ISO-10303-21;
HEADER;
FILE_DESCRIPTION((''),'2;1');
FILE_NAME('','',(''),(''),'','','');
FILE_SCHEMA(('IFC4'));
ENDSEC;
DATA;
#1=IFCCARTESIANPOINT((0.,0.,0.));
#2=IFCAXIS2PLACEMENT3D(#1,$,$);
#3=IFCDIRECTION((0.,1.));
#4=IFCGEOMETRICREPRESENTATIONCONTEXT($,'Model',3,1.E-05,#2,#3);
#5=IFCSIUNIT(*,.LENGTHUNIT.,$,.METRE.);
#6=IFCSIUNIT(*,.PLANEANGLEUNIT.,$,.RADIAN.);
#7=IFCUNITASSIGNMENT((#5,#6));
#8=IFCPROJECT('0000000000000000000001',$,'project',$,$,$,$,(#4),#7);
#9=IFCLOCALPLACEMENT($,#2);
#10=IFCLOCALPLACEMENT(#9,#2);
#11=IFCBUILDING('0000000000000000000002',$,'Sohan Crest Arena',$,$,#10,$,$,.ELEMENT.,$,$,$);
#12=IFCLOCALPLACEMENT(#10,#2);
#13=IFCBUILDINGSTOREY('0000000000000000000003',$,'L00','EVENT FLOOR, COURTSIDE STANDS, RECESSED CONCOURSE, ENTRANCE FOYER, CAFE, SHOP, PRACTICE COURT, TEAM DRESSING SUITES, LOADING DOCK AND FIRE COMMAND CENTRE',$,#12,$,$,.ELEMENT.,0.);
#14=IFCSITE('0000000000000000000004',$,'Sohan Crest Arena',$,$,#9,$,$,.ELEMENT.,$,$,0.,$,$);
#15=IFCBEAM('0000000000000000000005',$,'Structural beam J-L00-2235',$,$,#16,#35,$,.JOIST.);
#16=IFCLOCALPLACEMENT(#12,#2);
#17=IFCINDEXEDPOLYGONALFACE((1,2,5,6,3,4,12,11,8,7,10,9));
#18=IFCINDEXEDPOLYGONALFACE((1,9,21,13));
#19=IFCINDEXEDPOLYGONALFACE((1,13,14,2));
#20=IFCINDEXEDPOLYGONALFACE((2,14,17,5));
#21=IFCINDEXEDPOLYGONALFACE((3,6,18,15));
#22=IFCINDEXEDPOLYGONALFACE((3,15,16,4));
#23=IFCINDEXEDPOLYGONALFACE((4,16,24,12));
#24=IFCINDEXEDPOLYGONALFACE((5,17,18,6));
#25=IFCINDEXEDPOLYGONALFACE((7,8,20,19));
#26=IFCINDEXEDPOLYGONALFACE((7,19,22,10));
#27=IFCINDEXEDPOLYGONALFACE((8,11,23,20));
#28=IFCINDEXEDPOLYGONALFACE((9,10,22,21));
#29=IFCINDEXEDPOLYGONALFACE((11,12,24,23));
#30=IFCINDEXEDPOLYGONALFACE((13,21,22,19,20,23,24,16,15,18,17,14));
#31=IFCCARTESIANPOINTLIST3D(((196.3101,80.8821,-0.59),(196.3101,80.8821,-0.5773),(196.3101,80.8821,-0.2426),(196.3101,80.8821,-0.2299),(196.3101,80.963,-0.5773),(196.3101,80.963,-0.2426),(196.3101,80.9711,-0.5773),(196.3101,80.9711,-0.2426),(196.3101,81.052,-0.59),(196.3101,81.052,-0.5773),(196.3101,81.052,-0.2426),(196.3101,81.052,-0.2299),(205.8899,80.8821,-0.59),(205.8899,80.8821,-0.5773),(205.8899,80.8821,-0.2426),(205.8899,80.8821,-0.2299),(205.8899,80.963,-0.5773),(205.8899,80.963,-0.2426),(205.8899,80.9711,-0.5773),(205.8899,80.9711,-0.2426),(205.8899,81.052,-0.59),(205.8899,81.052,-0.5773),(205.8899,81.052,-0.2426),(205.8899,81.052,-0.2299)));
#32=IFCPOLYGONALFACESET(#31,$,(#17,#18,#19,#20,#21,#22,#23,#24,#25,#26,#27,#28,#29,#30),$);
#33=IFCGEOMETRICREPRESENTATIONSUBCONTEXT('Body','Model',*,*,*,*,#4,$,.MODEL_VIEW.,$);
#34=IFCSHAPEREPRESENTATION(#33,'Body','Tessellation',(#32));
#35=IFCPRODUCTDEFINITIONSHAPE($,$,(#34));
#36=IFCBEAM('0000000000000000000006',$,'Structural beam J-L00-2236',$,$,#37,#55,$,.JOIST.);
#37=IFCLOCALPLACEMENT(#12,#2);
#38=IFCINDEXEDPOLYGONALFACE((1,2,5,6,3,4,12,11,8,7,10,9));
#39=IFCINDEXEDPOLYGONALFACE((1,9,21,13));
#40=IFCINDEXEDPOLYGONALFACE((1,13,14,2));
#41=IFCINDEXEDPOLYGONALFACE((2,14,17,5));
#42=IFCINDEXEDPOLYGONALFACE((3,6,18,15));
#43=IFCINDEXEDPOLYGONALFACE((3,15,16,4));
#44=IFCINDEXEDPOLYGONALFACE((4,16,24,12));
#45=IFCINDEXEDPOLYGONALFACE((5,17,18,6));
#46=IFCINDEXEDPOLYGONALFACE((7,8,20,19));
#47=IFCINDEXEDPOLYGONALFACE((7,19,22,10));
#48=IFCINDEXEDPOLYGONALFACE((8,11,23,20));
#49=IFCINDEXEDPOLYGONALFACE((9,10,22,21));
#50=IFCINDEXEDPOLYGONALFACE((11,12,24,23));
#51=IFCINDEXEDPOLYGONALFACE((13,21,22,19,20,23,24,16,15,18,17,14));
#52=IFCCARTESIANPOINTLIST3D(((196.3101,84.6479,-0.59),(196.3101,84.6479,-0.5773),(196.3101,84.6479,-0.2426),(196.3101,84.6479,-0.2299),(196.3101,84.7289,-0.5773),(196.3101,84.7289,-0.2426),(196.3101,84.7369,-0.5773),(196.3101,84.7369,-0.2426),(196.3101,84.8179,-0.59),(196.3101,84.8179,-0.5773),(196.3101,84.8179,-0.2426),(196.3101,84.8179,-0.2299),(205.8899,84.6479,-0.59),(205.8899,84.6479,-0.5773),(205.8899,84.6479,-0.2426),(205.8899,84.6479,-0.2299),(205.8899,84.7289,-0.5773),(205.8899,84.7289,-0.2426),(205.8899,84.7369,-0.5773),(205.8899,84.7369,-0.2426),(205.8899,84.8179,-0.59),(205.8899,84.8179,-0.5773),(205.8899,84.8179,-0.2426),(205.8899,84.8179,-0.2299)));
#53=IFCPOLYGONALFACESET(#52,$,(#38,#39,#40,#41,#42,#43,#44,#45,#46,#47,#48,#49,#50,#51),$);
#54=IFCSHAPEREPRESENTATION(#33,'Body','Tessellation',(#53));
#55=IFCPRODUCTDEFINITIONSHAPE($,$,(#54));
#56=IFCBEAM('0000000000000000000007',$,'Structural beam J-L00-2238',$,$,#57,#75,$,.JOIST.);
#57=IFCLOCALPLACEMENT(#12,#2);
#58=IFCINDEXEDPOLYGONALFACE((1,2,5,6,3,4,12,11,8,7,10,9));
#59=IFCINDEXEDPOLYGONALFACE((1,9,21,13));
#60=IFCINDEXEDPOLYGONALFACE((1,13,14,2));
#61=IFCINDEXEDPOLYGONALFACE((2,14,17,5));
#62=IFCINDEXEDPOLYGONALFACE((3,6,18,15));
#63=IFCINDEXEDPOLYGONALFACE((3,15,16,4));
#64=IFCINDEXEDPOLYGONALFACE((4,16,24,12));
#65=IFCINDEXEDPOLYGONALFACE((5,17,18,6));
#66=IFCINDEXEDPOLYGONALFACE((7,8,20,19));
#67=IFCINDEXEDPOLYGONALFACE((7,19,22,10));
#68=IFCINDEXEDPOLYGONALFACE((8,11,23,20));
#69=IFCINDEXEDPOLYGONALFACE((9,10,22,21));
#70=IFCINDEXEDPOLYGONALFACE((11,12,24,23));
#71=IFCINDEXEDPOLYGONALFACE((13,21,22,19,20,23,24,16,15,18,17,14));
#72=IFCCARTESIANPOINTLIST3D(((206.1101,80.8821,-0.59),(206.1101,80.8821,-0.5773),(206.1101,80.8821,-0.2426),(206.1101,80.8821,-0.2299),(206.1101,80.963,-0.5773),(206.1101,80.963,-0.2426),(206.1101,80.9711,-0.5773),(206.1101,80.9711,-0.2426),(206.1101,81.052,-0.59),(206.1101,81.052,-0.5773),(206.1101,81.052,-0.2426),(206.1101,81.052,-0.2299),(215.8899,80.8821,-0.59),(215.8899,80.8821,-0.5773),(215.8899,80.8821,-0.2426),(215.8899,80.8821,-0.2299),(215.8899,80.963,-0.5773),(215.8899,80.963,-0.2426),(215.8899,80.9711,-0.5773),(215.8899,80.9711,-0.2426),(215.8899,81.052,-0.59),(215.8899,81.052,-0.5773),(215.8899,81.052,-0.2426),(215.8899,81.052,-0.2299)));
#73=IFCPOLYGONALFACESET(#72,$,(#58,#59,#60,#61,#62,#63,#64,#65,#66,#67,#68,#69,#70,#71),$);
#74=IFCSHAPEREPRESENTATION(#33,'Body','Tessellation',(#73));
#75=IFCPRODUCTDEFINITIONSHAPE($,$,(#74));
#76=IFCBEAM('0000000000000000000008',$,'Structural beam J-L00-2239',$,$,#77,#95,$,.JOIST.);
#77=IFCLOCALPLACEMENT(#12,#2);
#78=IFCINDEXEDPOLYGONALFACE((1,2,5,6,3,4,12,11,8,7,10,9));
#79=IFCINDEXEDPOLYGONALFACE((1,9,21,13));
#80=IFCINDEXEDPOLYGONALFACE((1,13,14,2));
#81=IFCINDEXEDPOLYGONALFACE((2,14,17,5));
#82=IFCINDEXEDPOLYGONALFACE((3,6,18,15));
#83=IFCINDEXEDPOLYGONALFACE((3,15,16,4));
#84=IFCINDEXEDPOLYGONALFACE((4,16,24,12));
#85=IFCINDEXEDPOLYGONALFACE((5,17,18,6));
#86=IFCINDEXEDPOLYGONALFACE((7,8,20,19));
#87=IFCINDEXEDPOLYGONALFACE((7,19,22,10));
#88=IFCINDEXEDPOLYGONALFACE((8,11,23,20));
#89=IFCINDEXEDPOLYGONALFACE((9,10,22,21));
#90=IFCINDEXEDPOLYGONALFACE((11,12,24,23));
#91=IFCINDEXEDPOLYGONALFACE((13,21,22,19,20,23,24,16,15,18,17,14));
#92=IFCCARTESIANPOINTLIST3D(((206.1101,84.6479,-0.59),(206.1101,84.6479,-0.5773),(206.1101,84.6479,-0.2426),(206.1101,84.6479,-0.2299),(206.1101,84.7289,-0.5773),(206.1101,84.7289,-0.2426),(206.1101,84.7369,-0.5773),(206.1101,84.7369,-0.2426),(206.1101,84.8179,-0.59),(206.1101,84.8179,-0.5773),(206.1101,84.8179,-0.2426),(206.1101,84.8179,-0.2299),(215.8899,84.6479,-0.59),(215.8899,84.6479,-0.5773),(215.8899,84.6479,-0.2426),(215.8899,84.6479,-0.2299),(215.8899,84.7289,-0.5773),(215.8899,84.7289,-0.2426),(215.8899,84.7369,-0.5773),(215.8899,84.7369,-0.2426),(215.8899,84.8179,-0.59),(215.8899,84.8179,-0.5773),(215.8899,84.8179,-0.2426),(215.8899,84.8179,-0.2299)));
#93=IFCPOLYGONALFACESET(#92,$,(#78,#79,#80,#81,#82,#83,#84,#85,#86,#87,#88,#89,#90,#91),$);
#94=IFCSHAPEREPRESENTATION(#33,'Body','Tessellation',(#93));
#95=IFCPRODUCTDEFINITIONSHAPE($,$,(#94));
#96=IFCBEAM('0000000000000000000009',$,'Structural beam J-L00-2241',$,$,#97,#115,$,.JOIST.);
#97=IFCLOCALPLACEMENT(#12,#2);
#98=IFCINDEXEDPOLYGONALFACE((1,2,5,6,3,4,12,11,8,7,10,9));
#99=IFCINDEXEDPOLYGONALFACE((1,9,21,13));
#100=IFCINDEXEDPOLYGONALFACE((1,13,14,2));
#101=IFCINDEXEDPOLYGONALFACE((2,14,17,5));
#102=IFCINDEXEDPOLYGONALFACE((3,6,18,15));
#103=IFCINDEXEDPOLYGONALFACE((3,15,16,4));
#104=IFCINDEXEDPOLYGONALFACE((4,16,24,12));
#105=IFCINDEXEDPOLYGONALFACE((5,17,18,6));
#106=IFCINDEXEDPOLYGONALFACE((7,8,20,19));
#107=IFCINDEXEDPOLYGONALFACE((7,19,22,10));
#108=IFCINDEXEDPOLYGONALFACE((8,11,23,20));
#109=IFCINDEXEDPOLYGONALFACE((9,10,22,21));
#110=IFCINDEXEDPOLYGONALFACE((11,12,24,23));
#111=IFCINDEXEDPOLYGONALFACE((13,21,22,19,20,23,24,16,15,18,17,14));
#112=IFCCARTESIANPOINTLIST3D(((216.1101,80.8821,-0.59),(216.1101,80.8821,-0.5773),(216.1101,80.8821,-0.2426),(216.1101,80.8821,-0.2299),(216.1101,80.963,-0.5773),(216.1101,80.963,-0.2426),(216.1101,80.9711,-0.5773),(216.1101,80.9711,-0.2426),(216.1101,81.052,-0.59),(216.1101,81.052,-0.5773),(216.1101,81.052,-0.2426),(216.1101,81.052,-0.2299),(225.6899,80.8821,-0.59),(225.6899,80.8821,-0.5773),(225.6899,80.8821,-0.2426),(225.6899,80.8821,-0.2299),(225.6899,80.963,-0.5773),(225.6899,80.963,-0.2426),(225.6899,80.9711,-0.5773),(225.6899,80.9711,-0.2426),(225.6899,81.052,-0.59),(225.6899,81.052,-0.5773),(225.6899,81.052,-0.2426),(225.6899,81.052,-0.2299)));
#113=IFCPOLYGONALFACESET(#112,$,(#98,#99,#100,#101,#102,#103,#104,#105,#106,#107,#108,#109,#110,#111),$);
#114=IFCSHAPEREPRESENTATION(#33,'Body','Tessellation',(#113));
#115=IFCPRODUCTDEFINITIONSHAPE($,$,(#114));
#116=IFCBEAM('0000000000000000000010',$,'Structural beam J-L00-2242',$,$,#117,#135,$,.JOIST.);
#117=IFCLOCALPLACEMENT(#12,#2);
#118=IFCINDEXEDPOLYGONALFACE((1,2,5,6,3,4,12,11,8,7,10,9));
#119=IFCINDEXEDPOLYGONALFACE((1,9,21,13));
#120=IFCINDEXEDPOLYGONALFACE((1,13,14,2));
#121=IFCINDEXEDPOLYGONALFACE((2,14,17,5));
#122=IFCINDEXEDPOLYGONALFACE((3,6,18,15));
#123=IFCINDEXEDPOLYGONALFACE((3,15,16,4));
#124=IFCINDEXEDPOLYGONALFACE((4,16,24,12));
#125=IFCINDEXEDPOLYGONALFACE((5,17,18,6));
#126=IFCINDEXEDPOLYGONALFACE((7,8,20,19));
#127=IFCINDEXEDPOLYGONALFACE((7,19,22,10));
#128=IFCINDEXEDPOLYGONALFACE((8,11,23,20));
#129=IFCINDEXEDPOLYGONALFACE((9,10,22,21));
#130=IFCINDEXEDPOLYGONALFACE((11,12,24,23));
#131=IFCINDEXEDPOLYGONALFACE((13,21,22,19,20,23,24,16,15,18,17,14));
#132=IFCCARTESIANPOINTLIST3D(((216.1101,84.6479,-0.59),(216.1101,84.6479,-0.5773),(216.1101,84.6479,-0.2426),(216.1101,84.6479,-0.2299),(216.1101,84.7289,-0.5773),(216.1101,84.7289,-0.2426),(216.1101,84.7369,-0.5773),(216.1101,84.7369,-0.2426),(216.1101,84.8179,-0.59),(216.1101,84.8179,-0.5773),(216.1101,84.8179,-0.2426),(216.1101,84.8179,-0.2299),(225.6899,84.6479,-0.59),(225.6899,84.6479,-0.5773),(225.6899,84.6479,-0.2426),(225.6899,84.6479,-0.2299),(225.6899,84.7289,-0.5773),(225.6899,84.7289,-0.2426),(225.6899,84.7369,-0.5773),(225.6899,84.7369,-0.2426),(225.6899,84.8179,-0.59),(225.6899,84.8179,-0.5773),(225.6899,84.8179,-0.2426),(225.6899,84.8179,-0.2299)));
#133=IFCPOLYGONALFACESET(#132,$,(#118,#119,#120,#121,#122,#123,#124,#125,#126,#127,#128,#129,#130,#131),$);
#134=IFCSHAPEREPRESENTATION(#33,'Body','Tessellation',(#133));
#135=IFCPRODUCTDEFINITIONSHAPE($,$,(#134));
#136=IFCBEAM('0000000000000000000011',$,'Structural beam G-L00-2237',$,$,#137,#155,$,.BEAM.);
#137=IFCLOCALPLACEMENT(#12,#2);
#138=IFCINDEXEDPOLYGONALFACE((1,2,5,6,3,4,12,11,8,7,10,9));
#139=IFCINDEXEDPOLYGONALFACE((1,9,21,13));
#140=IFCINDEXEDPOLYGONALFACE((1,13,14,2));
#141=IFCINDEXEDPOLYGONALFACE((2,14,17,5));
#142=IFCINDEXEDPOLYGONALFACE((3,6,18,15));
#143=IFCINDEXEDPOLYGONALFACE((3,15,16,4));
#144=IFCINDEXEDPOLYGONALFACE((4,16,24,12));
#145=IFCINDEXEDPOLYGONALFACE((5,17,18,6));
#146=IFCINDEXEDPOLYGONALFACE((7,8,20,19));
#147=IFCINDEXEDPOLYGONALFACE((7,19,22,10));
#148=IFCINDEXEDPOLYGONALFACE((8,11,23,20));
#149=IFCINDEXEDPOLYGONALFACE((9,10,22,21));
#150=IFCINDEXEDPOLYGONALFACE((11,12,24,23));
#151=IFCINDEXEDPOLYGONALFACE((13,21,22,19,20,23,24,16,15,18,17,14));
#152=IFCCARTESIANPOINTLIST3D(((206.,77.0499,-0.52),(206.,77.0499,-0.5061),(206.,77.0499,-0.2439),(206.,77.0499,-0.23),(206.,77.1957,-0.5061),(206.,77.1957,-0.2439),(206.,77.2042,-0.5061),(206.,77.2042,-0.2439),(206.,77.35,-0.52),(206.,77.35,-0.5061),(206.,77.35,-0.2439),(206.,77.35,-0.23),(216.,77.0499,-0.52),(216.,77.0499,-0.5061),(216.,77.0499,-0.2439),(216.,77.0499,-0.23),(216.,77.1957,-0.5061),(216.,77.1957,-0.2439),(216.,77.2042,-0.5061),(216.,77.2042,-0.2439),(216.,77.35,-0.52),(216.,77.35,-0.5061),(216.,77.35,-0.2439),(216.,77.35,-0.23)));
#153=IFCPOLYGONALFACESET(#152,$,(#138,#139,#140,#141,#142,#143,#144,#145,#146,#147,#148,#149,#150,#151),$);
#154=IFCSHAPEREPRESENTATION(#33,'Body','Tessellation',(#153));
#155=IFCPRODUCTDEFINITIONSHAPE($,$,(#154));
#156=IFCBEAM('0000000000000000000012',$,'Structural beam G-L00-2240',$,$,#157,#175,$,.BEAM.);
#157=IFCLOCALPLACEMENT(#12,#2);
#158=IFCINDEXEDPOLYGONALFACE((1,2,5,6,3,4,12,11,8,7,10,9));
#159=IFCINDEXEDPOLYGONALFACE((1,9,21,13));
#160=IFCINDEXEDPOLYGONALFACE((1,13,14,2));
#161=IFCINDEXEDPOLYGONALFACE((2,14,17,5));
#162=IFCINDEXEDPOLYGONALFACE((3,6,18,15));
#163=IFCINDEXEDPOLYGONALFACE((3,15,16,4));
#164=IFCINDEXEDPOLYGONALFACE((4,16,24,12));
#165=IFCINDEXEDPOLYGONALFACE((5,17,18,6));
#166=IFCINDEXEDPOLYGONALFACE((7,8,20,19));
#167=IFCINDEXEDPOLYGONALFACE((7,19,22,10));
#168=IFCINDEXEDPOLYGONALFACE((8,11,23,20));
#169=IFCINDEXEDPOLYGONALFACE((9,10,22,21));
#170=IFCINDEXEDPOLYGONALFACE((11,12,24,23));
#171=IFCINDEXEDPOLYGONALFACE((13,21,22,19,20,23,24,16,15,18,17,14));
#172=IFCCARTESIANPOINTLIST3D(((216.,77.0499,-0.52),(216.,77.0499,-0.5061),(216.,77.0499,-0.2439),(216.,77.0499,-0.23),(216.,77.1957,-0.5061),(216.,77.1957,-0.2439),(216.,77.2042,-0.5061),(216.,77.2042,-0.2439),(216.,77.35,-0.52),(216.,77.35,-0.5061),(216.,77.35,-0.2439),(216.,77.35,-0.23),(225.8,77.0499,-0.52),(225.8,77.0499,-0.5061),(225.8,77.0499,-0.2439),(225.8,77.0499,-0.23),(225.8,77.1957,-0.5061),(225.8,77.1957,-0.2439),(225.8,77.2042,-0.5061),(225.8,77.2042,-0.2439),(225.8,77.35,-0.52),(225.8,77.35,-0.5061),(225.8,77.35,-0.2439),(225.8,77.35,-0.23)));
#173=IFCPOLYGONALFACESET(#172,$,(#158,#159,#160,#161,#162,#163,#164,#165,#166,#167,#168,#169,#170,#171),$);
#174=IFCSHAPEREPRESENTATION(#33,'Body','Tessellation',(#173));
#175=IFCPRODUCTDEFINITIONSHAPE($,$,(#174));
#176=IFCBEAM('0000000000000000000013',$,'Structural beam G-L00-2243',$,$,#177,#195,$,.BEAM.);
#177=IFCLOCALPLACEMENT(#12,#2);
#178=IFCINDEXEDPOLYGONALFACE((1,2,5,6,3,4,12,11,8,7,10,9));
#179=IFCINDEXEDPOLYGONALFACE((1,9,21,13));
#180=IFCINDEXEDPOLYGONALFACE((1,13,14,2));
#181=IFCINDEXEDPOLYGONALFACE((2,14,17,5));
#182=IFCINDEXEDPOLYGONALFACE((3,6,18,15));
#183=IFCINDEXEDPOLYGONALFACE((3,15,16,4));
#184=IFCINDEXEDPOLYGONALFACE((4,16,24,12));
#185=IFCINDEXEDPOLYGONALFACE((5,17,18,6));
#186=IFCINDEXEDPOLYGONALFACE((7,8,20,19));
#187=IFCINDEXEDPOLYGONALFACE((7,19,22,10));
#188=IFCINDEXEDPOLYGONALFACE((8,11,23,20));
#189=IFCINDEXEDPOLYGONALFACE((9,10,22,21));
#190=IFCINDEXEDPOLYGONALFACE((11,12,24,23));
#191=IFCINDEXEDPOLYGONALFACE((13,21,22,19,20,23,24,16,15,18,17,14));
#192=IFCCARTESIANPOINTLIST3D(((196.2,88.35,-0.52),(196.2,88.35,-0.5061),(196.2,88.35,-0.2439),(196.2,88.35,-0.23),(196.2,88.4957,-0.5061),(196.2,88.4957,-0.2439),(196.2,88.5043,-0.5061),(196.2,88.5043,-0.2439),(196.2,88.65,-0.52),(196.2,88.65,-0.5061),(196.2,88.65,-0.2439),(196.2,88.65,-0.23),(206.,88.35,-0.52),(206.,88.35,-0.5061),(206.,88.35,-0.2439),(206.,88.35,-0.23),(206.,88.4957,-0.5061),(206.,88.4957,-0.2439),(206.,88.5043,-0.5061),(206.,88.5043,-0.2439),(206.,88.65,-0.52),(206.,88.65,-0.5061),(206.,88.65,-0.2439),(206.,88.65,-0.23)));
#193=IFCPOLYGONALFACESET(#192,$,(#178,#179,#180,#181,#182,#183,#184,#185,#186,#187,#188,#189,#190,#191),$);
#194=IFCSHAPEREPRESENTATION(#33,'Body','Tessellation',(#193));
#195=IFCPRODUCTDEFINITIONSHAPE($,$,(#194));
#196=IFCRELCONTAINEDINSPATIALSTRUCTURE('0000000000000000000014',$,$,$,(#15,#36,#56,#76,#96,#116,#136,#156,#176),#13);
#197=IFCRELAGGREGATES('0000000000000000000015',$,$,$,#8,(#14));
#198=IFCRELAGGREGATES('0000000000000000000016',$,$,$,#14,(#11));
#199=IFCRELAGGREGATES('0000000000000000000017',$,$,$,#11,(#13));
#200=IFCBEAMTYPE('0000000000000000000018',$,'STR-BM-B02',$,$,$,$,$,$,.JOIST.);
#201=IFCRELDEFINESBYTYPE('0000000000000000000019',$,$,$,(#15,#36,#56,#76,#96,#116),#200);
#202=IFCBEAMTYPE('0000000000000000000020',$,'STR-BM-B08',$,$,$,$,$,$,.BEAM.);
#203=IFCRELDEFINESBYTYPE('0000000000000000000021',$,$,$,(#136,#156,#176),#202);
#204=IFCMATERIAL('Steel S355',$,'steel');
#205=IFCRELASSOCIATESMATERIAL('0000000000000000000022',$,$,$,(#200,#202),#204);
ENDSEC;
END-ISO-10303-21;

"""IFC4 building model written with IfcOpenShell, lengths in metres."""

from ifc_helpers import new_model, si_unit, direction, frame, origin, origin_2d, place, context, subcontext, project, spatial, i_section, extrude, material, material_profile, profile_set, type_object, element, save


model = new_model("IFC4")

# Units and contexts
model_context = context("Model", 3, precision=1e-05, world=origin(), true_north=direction((0.0, 1.0)))
body_context = subcontext(model_context, "Body", "Model", "MODEL_VIEW")
ifc_project = project(units=[si_unit("LENGTHUNIT", "METRE"), si_unit("PLANEANGLEUNIT", "RADIAN")], contexts=[model_context])

# Site, building, storey
site_placement = place(None, origin())
site = spatial("IfcSite", under=ifc_project, at=site_placement, Name="Sohan Crest Arena", CompositionType="ELEMENT", RefElevation=0.0)
building_placement = place(site_placement, origin())
building = spatial("IfcBuilding", under=site, at=building_placement, Name="Sohan Crest Arena", CompositionType="ELEMENT")
storey_placement = place(building_placement, origin())
storey = spatial("IfcBuildingStorey", under=building, at=storey_placement, Name="L00", Description="EVENT FLOOR, COURTSIDE STANDS, RECESSED CONCOURSE, ENTRANCE FOYER, CAFE, SHOP, PRACTICE COURT, TEAM DRESSING SUITES, LOADING DOCK AND FIRE COMMAND CENTRE", CompositionType="ELEMENT", Elevation=0.0)

# Beams
ifc_material_1 = material(Name="Steel S355", Category="steel")
ifc_material_profile_1 = material_profile(ifc_material_1, i_section(OverallWidth=0.1699, OverallDepth=0.3601, WebThickness=0.0081, FlangeThickness=0.0127, at=origin_2d()), Name="IPE 360")
ifc_profile_set_1 = profile_set([ifc_material_profile_1], Name="Steel S355")
beam_type_1 = type_object("IfcBeamType", Name="STR-BM-B02", PredefinedType="JOIST", material=ifc_profile_set_1)
for number, where, z_axis, x_axis, name in (
    (1, (196.3101, 80.967, -0.4099), (1.0, 0.0, 0.0), (0.0, 1.0, 0.0), "Structural beam J-L00-2235"),
    (2, (196.3101, 84.7329, -0.4099), (1.0, 0.0, 0.0), (0.0, 1.0, 0.0), "Structural beam J-L00-2236"),
):
    element("IfcBeam", number, at=place(storey_placement, frame(where, z_axis=z_axis, x_axis=x_axis)), inside=storey, type_object=beam_type_1, Name=name, PredefinedType="JOIST", context=body_context, shape_type="SweptSolid", body=[
        extrude(i_section(OverallWidth=0.1699, OverallDepth=0.3601, WebThickness=0.0081, FlangeThickness=0.0127, at=origin_2d()), origin(), (0.0, 0.0, 1.0), 9.5798),
    ])
for number, where, z_axis, x_axis, name in (
    (3, (206.1101, 80.967, -0.4099), (1.0, 0.0, 0.0), (0.0, 1.0, 0.0), "Structural beam J-L00-2238"),
    (4, (206.1101, 84.7329, -0.4099), (1.0, 0.0, 0.0), (0.0, 1.0, 0.0), "Structural beam J-L00-2239"),
):
    element("IfcBeam", number, at=place(storey_placement, frame(where, z_axis=z_axis, x_axis=x_axis)), inside=storey, type_object=beam_type_1, Name=name, PredefinedType="JOIST", context=body_context, shape_type="SweptSolid", body=[
        extrude(i_section(OverallWidth=0.1699, OverallDepth=0.3601, WebThickness=0.0081, FlangeThickness=0.0127, at=origin_2d()), origin(), (0.0, 0.0, 1.0), 9.7798),
    ])
for number, where, z_axis, x_axis, name in (
    (5, (216.1101, 80.967, -0.4099), (1.0, 0.0, 0.0), (0.0, 1.0, 0.0), "Structural beam J-L00-2241"),
    (6, (216.1101, 84.7329, -0.4099), (1.0, 0.0, 0.0), (0.0, 1.0, 0.0), "Structural beam J-L00-2242"),
):
    element("IfcBeam", number, at=place(storey_placement, frame(where, z_axis=z_axis, x_axis=x_axis)), inside=storey, type_object=beam_type_1, Name=name, PredefinedType="JOIST", context=body_context, shape_type="SweptSolid", body=[
        extrude(i_section(OverallWidth=0.1699, OverallDepth=0.3601, WebThickness=0.0081, FlangeThickness=0.0127, at=origin_2d()), origin(), (0.0, 0.0, 1.0), 9.5798),
    ])
ifc_material_profile_2 = material_profile(ifc_material_1, i_section(OverallWidth=0.3, OverallDepth=0.29, WebThickness=0.0085, FlangeThickness=0.0139, at=origin_2d()), Name="HEA 300")
ifc_profile_set_2 = profile_set([ifc_material_profile_2], Name="Steel S355")
beam_type_2 = type_object("IfcBeamType", Name="STR-BM-B08", PredefinedType="BEAM", material=ifc_profile_set_2)
beam_1_placement = place(storey_placement, frame((206.0, 77.2, -0.375), z_axis=(1.0, 0.0, 0.0), x_axis=(0.0, 1.0, 0.0)))
element("IfcBeam", 7, at=beam_1_placement, inside=storey, type_object=beam_type_2, Name="Structural beam G-L00-2237", PredefinedType="BEAM", context=body_context, shape_type="SweptSolid", body=[
    extrude(i_section(OverallWidth=0.3, OverallDepth=0.29, WebThickness=0.0085, FlangeThickness=0.0139, at=origin_2d()), origin(), (0.0, 0.0, 1.0), 10.0),
])
for number, where, z_axis, x_axis, name in (
    (8, (216.0, 77.2, -0.375), (1.0, 0.0, 0.0), (0.0, 1.0, 0.0), "Structural beam G-L00-2240"),
    (9, (196.2, 88.5, -0.375), (1.0, 0.0, 0.0), (0.0, 1.0, 0.0), "Structural beam G-L00-2243"),
):
    element("IfcBeam", number, at=place(storey_placement, frame(where, z_axis=z_axis, x_axis=x_axis)), inside=storey, type_object=beam_type_2, Name=name, PredefinedType="BEAM", context=body_context, shape_type="SweptSolid", body=[
        extrude(i_section(OverallWidth=0.3, OverallDepth=0.29, WebThickness=0.0085, FlangeThickness=0.0139, at=origin_2d()), origin(), (0.0, 0.0, 1.0), 9.8),
    ])

save(model, "model.ifc")
